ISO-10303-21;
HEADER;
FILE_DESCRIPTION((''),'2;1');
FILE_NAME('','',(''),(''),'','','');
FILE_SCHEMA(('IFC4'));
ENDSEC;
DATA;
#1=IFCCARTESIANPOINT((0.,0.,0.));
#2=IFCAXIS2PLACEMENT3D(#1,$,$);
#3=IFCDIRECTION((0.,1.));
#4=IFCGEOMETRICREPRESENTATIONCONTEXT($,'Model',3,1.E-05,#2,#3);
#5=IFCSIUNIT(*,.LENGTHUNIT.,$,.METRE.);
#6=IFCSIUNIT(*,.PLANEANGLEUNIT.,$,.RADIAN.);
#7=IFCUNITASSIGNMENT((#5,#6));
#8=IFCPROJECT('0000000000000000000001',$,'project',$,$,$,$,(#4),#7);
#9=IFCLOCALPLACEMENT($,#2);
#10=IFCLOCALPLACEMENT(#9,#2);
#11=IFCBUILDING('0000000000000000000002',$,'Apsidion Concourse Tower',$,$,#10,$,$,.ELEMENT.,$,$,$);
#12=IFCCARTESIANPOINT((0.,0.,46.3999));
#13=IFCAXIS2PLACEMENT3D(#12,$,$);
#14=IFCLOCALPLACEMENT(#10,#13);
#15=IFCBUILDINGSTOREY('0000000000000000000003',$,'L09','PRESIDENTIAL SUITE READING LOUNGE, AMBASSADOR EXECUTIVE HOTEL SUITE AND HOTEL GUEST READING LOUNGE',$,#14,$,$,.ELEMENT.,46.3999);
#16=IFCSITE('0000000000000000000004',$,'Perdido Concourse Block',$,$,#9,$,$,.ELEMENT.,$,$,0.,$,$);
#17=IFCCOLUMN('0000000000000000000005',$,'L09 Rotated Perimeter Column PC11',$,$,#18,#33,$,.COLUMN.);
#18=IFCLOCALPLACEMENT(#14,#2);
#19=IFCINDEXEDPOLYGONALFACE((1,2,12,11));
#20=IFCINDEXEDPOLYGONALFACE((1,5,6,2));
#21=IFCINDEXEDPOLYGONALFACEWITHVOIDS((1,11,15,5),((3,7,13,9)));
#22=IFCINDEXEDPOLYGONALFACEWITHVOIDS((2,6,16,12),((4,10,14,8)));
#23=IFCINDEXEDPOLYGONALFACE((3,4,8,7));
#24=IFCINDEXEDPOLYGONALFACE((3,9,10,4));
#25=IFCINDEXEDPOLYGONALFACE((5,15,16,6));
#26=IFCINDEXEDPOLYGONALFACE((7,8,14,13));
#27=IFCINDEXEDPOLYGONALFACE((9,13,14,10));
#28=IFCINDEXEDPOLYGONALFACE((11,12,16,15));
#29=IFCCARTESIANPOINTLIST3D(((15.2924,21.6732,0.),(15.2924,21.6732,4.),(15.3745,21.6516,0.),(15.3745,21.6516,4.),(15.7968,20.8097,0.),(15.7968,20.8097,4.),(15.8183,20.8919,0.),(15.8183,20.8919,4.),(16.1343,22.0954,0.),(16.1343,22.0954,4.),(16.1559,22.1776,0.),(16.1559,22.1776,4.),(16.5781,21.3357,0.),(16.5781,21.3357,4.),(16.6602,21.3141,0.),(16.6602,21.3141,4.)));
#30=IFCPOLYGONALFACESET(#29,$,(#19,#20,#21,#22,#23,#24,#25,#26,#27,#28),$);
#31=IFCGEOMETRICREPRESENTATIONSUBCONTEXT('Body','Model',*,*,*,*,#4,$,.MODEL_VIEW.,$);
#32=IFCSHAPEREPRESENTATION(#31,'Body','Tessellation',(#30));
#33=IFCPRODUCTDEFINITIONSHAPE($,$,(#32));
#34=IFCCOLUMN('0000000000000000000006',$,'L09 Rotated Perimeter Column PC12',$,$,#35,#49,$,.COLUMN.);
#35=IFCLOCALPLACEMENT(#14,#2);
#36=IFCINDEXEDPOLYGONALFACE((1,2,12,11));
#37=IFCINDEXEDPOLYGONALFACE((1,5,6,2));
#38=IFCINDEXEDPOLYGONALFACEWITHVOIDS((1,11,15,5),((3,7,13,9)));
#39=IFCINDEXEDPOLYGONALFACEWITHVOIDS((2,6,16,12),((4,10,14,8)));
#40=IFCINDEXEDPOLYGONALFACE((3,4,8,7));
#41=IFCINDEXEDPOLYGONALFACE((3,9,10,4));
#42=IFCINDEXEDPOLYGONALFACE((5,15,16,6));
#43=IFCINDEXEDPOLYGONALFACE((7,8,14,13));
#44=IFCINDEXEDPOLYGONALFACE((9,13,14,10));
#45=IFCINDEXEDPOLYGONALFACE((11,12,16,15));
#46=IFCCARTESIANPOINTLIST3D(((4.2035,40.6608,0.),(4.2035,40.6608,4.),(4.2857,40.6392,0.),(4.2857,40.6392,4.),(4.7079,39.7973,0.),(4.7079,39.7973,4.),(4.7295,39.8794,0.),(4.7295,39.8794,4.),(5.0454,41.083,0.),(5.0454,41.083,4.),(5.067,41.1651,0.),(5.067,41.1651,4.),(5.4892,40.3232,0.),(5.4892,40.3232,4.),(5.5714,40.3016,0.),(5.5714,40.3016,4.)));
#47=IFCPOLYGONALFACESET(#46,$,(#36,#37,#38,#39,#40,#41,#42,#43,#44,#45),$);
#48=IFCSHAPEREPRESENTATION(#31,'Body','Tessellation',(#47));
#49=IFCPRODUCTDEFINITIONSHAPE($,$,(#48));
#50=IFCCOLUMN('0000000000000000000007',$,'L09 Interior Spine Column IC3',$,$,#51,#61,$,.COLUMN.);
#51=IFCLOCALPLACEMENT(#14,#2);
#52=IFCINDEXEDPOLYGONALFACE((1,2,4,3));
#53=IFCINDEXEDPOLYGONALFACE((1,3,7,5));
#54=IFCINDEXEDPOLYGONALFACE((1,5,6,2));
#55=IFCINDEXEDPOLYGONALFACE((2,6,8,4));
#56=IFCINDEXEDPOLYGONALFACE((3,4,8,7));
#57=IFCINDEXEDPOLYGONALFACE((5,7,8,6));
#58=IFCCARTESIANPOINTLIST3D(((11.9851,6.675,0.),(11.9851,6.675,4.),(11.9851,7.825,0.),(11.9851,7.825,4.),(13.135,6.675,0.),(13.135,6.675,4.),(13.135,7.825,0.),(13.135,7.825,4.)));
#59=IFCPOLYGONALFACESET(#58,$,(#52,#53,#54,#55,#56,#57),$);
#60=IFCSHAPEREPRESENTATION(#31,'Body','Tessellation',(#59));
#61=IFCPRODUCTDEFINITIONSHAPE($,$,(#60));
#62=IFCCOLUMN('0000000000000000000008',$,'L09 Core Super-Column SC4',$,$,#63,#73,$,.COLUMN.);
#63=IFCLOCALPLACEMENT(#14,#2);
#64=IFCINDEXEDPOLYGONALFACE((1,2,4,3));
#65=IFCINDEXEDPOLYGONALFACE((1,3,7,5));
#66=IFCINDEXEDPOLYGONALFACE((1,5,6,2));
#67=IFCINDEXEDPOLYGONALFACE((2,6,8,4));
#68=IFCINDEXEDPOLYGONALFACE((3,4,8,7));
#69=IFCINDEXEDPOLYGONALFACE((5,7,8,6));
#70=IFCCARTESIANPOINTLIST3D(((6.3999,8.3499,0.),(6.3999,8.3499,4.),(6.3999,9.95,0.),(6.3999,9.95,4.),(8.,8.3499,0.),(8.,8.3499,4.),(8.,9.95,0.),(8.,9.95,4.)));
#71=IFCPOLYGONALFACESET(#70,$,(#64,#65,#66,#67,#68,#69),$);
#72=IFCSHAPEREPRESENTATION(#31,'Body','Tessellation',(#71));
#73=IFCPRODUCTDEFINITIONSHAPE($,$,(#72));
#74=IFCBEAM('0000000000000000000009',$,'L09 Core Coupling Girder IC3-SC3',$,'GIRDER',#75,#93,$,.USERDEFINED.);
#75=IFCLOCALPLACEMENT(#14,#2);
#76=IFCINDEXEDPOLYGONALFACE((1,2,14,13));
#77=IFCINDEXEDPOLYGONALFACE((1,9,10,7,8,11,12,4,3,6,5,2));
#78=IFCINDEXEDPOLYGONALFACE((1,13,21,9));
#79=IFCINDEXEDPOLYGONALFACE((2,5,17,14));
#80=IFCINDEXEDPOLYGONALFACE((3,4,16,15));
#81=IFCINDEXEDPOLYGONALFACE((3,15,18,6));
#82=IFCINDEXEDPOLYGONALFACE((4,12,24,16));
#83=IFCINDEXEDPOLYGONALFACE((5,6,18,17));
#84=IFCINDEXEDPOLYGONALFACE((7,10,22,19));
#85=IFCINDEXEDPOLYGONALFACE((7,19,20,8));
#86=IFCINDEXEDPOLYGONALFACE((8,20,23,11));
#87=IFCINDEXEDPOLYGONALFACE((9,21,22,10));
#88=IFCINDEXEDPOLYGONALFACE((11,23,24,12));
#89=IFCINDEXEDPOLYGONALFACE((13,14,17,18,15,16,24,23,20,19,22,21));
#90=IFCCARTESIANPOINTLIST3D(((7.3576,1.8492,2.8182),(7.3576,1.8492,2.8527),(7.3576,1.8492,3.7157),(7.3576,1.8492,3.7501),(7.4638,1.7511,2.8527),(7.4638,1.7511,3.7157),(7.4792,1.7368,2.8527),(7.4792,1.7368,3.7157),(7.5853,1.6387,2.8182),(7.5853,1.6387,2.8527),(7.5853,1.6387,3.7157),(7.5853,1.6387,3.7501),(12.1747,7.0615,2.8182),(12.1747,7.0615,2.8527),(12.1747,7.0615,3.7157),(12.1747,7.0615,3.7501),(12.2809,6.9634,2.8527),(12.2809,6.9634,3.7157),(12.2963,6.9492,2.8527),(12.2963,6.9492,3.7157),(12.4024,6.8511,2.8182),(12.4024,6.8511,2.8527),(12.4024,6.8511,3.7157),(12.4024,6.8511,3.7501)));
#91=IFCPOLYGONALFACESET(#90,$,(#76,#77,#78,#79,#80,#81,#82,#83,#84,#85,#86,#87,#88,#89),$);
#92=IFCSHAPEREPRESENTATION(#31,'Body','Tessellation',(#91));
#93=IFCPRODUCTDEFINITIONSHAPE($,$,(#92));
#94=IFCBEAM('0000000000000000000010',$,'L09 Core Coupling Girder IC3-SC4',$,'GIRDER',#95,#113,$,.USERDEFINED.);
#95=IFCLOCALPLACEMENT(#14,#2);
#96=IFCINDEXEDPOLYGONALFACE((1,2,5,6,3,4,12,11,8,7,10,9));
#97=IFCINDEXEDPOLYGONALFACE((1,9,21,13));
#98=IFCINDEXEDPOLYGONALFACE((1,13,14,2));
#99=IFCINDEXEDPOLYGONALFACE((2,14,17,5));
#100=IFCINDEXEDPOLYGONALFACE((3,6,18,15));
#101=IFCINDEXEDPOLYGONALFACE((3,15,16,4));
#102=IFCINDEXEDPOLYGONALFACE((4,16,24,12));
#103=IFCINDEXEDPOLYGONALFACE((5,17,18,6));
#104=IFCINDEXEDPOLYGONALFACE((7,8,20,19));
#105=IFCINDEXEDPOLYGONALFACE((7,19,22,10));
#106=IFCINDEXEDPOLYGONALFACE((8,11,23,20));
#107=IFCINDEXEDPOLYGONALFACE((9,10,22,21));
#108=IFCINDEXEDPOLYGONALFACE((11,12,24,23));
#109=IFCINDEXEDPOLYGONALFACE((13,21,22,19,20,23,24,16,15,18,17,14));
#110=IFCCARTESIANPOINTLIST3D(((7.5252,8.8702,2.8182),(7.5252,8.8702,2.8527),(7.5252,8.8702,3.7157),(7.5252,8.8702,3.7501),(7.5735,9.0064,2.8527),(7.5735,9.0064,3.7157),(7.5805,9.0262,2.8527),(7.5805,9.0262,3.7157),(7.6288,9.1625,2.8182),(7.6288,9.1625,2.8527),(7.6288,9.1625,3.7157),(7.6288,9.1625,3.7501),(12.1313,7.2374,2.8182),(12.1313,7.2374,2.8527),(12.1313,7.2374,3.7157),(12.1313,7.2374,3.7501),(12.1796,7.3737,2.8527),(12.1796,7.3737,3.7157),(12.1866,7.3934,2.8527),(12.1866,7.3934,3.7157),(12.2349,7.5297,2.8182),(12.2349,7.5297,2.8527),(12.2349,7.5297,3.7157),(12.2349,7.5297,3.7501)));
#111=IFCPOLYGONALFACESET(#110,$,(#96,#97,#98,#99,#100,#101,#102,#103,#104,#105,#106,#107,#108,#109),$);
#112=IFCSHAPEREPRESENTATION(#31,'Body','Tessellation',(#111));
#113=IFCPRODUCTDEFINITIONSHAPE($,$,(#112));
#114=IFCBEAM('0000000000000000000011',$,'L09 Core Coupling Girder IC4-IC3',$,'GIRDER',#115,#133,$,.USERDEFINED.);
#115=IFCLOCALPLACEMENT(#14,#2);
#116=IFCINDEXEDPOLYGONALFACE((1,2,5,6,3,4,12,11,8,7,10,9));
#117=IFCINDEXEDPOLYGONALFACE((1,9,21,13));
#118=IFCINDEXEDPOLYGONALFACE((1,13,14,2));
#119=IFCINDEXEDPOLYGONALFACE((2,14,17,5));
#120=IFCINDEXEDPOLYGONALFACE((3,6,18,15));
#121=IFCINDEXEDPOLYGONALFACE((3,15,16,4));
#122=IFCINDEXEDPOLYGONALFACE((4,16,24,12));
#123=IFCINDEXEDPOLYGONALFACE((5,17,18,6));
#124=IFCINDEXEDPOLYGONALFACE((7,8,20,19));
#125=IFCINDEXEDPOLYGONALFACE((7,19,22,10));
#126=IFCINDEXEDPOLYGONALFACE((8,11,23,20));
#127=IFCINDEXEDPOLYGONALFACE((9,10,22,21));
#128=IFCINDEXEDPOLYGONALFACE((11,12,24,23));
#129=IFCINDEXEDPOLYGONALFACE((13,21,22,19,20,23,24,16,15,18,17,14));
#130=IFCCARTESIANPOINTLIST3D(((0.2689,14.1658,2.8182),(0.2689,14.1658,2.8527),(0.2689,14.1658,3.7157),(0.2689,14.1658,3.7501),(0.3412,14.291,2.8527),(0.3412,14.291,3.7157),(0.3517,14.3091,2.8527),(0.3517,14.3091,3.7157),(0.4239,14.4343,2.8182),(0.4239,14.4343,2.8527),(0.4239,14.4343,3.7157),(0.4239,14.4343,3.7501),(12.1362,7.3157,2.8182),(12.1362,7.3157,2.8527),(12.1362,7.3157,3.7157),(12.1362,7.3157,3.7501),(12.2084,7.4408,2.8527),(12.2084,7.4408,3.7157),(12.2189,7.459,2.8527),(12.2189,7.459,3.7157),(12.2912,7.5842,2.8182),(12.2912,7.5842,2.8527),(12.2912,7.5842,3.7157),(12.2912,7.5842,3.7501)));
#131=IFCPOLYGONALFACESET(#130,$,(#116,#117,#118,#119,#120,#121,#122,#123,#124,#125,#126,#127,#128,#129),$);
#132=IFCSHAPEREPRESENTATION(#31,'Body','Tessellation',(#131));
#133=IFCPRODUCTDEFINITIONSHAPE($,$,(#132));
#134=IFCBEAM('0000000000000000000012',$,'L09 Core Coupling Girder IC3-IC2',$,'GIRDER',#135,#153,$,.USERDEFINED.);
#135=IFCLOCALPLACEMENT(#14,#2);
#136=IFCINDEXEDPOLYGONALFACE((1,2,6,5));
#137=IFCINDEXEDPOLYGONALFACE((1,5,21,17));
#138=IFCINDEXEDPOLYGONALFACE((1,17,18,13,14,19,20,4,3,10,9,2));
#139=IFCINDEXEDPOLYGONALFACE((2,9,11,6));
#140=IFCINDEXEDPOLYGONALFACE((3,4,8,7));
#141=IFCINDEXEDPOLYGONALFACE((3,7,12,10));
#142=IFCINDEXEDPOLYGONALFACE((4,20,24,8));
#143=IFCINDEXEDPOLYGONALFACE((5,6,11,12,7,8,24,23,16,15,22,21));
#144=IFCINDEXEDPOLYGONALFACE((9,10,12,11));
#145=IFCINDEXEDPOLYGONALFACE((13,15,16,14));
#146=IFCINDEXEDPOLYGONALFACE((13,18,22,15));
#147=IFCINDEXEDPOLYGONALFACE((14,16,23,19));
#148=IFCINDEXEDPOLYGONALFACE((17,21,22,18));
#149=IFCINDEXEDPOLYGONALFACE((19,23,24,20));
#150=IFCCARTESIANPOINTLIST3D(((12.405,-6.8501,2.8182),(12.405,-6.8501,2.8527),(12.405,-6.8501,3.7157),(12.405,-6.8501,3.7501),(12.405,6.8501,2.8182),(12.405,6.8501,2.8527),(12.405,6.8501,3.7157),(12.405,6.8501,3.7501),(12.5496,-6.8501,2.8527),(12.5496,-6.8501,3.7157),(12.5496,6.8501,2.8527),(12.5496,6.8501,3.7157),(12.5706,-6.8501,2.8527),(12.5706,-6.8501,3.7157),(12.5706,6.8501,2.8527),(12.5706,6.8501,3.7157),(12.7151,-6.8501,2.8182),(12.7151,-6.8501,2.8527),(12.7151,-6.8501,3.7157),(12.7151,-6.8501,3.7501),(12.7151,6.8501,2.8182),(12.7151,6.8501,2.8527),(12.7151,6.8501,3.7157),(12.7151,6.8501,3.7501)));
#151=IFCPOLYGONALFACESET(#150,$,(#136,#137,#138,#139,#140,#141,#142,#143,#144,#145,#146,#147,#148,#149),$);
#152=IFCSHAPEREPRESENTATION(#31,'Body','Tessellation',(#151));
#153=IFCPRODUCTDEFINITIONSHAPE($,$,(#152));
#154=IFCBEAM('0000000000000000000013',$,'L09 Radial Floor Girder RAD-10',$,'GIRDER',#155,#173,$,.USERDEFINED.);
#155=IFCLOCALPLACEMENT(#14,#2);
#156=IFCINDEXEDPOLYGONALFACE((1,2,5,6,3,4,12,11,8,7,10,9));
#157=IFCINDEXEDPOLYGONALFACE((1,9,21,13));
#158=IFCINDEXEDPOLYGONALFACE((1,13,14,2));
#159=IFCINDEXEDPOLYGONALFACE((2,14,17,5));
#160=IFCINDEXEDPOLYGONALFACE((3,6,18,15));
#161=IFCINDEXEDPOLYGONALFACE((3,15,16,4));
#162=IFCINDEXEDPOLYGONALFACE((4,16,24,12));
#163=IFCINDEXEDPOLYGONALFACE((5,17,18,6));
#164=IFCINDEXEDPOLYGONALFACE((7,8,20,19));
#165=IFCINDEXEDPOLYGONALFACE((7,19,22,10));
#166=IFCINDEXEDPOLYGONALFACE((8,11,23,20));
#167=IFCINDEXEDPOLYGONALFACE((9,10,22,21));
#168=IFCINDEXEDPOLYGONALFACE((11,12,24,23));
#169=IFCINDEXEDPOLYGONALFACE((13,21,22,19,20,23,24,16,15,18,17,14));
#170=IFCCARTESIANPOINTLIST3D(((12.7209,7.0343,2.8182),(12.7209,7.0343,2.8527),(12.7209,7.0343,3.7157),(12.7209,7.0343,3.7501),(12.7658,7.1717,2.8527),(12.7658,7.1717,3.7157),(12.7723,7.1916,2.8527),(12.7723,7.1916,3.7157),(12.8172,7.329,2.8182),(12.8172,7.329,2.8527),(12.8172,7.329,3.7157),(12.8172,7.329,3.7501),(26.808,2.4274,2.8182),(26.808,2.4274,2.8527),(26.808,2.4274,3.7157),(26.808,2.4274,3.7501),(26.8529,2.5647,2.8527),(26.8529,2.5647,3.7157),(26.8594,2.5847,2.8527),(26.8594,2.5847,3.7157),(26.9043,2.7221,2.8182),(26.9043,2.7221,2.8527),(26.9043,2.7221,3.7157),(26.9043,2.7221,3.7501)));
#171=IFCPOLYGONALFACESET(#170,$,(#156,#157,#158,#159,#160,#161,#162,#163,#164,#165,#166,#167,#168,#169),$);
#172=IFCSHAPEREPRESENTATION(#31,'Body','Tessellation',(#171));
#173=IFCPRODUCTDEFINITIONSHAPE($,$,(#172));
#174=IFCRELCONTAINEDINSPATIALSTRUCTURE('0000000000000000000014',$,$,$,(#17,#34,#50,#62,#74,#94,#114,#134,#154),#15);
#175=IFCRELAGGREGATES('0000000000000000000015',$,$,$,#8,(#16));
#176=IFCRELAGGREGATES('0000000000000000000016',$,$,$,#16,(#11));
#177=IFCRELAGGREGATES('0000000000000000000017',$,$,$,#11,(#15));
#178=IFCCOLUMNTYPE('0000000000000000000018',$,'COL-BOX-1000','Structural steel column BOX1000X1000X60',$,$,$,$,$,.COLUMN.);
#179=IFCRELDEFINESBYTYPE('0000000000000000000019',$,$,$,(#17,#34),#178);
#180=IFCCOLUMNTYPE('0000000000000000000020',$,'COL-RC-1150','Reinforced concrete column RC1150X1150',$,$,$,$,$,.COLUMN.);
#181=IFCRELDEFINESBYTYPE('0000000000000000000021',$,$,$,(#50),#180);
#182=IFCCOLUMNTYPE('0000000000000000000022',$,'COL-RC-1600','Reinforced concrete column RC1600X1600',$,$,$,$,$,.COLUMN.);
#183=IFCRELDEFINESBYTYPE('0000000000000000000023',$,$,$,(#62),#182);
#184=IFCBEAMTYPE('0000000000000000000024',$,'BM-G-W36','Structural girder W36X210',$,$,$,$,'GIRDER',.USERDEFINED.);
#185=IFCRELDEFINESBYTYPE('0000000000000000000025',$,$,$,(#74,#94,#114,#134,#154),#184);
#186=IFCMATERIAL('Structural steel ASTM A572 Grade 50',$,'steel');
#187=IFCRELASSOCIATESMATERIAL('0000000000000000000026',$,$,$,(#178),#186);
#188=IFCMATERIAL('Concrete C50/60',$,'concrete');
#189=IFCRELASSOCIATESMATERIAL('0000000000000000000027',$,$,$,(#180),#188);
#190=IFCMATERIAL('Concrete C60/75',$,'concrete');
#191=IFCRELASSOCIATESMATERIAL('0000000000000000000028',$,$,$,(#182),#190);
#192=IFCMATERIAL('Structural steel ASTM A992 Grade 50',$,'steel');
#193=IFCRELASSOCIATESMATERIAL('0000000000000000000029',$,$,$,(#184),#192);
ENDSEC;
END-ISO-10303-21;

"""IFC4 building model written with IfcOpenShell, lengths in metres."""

from ifc_helpers import new_model, si_unit, direction, frame, origin, origin_2d, place, context, subcontext, project, spatial, rectangle, hollow_rectangle, i_section, extrude, material, material_profile, profile_set, type_object, element, save


model = new_model("IFC4")

# Units and contexts
model_context = context("Model", 3, precision=1e-05, world=origin(), true_north=direction((0.0, 1.0)))
body_context = subcontext(model_context, "Body", "Model", "MODEL_VIEW")
ifc_project = project(units=[si_unit("LENGTHUNIT", "METRE"), si_unit("PLANEANGLEUNIT", "RADIAN")], contexts=[model_context])

# Site, building, storey
site_placement = place(None, origin())
site = spatial("IfcSite", under=ifc_project, at=site_placement, Name="Perdido Concourse Block", CompositionType="ELEMENT", RefElevation=0.0)
building_placement = place(site_placement, origin())
building = spatial("IfcBuilding", under=site, at=building_placement, Name="Apsidion Concourse Tower", CompositionType="ELEMENT")
storey_placement = place(building_placement, frame((0.0, 0.0, 46.3999)))
storey = spatial("IfcBuildingStorey", under=building, at=storey_placement, Name="L09", Description="PRESIDENTIAL SUITE READING LOUNGE, AMBASSADOR EXECUTIVE HOTEL SUITE AND HOTEL GUEST READING LOUNGE", CompositionType="ELEMENT", Elevation=46.3999)

# Columns
ifc_material_1 = material(Name="Structural steel ASTM A572 Grade 50", Category="steel")
ifc_material_profile_1 = material_profile(ifc_material_1, hollow_rectangle(XDim=1.0, YDim=1.0, WallThickness=0.0601, at=origin_2d()), Name="BOX1000X1000X60")
ifc_profile_set_1 = profile_set([ifc_material_profile_1], Name="Structural steel ASTM A572 Grade 50")
column_type_1 = type_object("IfcColumnType", Name="COL-BOX-1000", Description="Structural steel column BOX1000X1000X60", PredefinedType="COLUMN", material=ifc_profile_set_1)
for number, where, z_axis, x_axis, name in (
    (1, (15.9763, 21.4937, 0.0), (0.0, 0.0, 1.0), (-0.504377, 0.863484, 0.0), "L09 Rotated Perimeter Column PC11"),
    (2, (4.8875, 40.4812, 0.0), (0.0, 0.0, 1.0), (-0.504377, 0.863484, 0.0), "L09 Rotated Perimeter Column PC12"),
):
    element("IfcColumn", number, at=place(storey_placement, frame(where, z_axis=z_axis, x_axis=x_axis)), inside=storey, type_object=column_type_1, Name=name, PredefinedType="COLUMN", context=body_context, shape_type="SweptSolid", body=[
        extrude(hollow_rectangle(XDim=1.0, YDim=1.0, WallThickness=0.0601, at=origin_2d()), origin(), (0.0, 0.0, 1.0), 4.0),
    ])
ifc_material_2 = material(Name="Concrete C50/60", Category="concrete")
ifc_material_profile_2 = material_profile(ifc_material_2, rectangle(XDim=1.1499, YDim=1.1499, at=origin_2d()), Name="RC 1150x1150")
ifc_profile_set_2 = profile_set([ifc_material_profile_2], Name="Concrete C50/60")
column_type_2 = type_object("IfcColumnType", Name="COL-RC-1150", Description="Reinforced concrete column RC1150X1150", PredefinedType="COLUMN", material=ifc_profile_set_2)
column_1_placement = place(storey_placement, frame((12.5601, 7.25, 0.0), z_axis=(0.0, 0.0, 1.0), x_axis=(1.0, 0.0, 0.0)))
element("IfcColumn", 3, at=column_1_placement, inside=storey, type_object=column_type_2, Name="L09 Interior Spine Column IC3", PredefinedType="COLUMN", context=body_context, shape_type="SweptSolid", body=[
    extrude(rectangle(XDim=1.1499, YDim=1.1499, at=origin_2d()), origin(), (0.0, 0.0, 1.0), 4.0),
])
ifc_material_3 = material(Name="Concrete C60/75", Category="concrete")
ifc_material_profile_3 = material_profile(ifc_material_3, rectangle(XDim=1.6001, YDim=1.6001, at=origin_2d()), Name="RC 1600x1600")
ifc_profile_set_3 = profile_set([ifc_material_profile_3], Name="Concrete C60/75")
column_type_3 = type_object("IfcColumnType", Name="COL-RC-1600", Description="Reinforced concrete column RC1600X1600", PredefinedType="COLUMN", material=ifc_profile_set_3)
column_2_placement = place(storey_placement, frame((7.2, 9.1499, 0.0), z_axis=(0.0, 0.0, 1.0), x_axis=(1.0, 0.0, 0.0)))
element("IfcColumn", 4, at=column_2_placement, inside=storey, type_object=column_type_3, Name="L09 Core Super-Column SC4", PredefinedType="COLUMN", context=body_context, shape_type="SweptSolid", body=[
    extrude(rectangle(XDim=1.6001, YDim=1.6001, at=origin_2d()), origin(), (0.0, 0.0, 1.0), 4.0),
])

# Beams
ifc_material_4 = material(Name="Structural steel ASTM A992 Grade 50", Category="steel")
ifc_material_profile_4 = material_profile(ifc_material_4, i_section(OverallWidth=0.3101, OverallDepth=0.9319, WebThickness=0.021, FlangeThickness=0.0344, at=origin_2d()), Name="W36X210")
ifc_profile_set_4 = profile_set([ifc_material_profile_4], Name="Structural steel ASTM A992 Grade 50")
beam_type_1 = type_object("IfcBeamType", Name="BM-G-W36", Description="Structural girder W36X210", ElementType="GIRDER", PredefinedType="USERDEFINED", material=ifc_profile_set_4)
beam_1_placement = place(storey_placement, frame((12.2886, 6.9563, 3.2842), z_axis=(-0.678713, -0.734404, 0.0), x_axis=(0.734404, -0.678713, 0.0)))
element("IfcBeam", 5, at=beam_1_placement, inside=storey, type_object=beam_type_1, Name="L09 Core Coupling Girder IC3-SC3", ObjectType="GIRDER", PredefinedType="USERDEFINED", context=body_context, shape_type="SweptSolid", body=[
    extrude(i_section(OverallWidth=0.3101, OverallDepth=0.9319, WebThickness=0.021, FlangeThickness=0.0344, at=origin_2d()), origin(), (0.0, 0.0, 1.0), 7.0974),
])
beam_2_placement = place(storey_placement, frame((12.1831, 7.3835, 3.2842), z_axis=(-0.942534, 0.334111, 0.0), x_axis=(-0.334111, -0.942534, 0.0)))
element("IfcBeam", 6, at=beam_2_placement, inside=storey, type_object=beam_type_1, Name="L09 Core Coupling Girder IC3-SC4", ObjectType="GIRDER", PredefinedType="USERDEFINED", context=body_context, shape_type="SweptSolid", body=[
    extrude(i_section(OverallWidth=0.3101, OverallDepth=0.9319, WebThickness=0.021, FlangeThickness=0.0344, at=origin_2d()), origin(), (0.0, 0.0, 1.0), 4.887),
])
beam_3_placement = place(storey_placement, frame((0.3464, 14.3, 3.2842), z_axis=(0.86607, -0.499922, 0.0), x_axis=(0.499922, 0.86607, 0.0)))
element("IfcBeam", 7, at=beam_3_placement, inside=storey, type_object=beam_type_1, Name="L09 Core Coupling Girder IC4-IC3", ObjectType="GIRDER", PredefinedType="USERDEFINED", context=body_context, shape_type="SweptSolid", body=[
    extrude(i_section(OverallWidth=0.3101, OverallDepth=0.9319, WebThickness=0.021, FlangeThickness=0.0344, at=origin_2d()), origin(), (0.0, 0.0, 1.0), 13.7024),
])
beam_4_placement = place(storey_placement, frame((12.5601, 6.8501, 3.2842), z_axis=(0.0, -1.0, 0.0), x_axis=(1.0, 0.0, 0.0)))
element("IfcBeam", 8, at=beam_4_placement, inside=storey, type_object=beam_type_1, Name="L09 Core Coupling Girder IC3-IC2", ObjectType="GIRDER", PredefinedType="USERDEFINED", context=body_context, shape_type="SweptSolid", body=[
    extrude(i_section(OverallWidth=0.3101, OverallDepth=0.9319, WebThickness=0.021, FlangeThickness=0.0344, at=origin_2d()), origin(), (0.0, 0.0, 1.0), 13.7002),
])
beam_5_placement = place(storey_placement, frame((12.769, 7.1816, 3.2842), z_axis=(0.950465, -0.310831, 0.0), x_axis=(0.310831, 0.950465, 0.0)))
element("IfcBeam", 9, at=beam_5_placement, inside=storey, type_object=beam_type_1, Name="L09 Radial Floor Girder RAD-10", ObjectType="GIRDER", PredefinedType="USERDEFINED", context=body_context, shape_type="SweptSolid", body=[
    extrude(i_section(OverallWidth=0.3101, OverallDepth=0.9319, WebThickness=0.021, FlangeThickness=0.0344, at=origin_2d()), origin(), (0.0, 0.0, 1.0), 14.8213),
])

save(model, "model.ifc")
